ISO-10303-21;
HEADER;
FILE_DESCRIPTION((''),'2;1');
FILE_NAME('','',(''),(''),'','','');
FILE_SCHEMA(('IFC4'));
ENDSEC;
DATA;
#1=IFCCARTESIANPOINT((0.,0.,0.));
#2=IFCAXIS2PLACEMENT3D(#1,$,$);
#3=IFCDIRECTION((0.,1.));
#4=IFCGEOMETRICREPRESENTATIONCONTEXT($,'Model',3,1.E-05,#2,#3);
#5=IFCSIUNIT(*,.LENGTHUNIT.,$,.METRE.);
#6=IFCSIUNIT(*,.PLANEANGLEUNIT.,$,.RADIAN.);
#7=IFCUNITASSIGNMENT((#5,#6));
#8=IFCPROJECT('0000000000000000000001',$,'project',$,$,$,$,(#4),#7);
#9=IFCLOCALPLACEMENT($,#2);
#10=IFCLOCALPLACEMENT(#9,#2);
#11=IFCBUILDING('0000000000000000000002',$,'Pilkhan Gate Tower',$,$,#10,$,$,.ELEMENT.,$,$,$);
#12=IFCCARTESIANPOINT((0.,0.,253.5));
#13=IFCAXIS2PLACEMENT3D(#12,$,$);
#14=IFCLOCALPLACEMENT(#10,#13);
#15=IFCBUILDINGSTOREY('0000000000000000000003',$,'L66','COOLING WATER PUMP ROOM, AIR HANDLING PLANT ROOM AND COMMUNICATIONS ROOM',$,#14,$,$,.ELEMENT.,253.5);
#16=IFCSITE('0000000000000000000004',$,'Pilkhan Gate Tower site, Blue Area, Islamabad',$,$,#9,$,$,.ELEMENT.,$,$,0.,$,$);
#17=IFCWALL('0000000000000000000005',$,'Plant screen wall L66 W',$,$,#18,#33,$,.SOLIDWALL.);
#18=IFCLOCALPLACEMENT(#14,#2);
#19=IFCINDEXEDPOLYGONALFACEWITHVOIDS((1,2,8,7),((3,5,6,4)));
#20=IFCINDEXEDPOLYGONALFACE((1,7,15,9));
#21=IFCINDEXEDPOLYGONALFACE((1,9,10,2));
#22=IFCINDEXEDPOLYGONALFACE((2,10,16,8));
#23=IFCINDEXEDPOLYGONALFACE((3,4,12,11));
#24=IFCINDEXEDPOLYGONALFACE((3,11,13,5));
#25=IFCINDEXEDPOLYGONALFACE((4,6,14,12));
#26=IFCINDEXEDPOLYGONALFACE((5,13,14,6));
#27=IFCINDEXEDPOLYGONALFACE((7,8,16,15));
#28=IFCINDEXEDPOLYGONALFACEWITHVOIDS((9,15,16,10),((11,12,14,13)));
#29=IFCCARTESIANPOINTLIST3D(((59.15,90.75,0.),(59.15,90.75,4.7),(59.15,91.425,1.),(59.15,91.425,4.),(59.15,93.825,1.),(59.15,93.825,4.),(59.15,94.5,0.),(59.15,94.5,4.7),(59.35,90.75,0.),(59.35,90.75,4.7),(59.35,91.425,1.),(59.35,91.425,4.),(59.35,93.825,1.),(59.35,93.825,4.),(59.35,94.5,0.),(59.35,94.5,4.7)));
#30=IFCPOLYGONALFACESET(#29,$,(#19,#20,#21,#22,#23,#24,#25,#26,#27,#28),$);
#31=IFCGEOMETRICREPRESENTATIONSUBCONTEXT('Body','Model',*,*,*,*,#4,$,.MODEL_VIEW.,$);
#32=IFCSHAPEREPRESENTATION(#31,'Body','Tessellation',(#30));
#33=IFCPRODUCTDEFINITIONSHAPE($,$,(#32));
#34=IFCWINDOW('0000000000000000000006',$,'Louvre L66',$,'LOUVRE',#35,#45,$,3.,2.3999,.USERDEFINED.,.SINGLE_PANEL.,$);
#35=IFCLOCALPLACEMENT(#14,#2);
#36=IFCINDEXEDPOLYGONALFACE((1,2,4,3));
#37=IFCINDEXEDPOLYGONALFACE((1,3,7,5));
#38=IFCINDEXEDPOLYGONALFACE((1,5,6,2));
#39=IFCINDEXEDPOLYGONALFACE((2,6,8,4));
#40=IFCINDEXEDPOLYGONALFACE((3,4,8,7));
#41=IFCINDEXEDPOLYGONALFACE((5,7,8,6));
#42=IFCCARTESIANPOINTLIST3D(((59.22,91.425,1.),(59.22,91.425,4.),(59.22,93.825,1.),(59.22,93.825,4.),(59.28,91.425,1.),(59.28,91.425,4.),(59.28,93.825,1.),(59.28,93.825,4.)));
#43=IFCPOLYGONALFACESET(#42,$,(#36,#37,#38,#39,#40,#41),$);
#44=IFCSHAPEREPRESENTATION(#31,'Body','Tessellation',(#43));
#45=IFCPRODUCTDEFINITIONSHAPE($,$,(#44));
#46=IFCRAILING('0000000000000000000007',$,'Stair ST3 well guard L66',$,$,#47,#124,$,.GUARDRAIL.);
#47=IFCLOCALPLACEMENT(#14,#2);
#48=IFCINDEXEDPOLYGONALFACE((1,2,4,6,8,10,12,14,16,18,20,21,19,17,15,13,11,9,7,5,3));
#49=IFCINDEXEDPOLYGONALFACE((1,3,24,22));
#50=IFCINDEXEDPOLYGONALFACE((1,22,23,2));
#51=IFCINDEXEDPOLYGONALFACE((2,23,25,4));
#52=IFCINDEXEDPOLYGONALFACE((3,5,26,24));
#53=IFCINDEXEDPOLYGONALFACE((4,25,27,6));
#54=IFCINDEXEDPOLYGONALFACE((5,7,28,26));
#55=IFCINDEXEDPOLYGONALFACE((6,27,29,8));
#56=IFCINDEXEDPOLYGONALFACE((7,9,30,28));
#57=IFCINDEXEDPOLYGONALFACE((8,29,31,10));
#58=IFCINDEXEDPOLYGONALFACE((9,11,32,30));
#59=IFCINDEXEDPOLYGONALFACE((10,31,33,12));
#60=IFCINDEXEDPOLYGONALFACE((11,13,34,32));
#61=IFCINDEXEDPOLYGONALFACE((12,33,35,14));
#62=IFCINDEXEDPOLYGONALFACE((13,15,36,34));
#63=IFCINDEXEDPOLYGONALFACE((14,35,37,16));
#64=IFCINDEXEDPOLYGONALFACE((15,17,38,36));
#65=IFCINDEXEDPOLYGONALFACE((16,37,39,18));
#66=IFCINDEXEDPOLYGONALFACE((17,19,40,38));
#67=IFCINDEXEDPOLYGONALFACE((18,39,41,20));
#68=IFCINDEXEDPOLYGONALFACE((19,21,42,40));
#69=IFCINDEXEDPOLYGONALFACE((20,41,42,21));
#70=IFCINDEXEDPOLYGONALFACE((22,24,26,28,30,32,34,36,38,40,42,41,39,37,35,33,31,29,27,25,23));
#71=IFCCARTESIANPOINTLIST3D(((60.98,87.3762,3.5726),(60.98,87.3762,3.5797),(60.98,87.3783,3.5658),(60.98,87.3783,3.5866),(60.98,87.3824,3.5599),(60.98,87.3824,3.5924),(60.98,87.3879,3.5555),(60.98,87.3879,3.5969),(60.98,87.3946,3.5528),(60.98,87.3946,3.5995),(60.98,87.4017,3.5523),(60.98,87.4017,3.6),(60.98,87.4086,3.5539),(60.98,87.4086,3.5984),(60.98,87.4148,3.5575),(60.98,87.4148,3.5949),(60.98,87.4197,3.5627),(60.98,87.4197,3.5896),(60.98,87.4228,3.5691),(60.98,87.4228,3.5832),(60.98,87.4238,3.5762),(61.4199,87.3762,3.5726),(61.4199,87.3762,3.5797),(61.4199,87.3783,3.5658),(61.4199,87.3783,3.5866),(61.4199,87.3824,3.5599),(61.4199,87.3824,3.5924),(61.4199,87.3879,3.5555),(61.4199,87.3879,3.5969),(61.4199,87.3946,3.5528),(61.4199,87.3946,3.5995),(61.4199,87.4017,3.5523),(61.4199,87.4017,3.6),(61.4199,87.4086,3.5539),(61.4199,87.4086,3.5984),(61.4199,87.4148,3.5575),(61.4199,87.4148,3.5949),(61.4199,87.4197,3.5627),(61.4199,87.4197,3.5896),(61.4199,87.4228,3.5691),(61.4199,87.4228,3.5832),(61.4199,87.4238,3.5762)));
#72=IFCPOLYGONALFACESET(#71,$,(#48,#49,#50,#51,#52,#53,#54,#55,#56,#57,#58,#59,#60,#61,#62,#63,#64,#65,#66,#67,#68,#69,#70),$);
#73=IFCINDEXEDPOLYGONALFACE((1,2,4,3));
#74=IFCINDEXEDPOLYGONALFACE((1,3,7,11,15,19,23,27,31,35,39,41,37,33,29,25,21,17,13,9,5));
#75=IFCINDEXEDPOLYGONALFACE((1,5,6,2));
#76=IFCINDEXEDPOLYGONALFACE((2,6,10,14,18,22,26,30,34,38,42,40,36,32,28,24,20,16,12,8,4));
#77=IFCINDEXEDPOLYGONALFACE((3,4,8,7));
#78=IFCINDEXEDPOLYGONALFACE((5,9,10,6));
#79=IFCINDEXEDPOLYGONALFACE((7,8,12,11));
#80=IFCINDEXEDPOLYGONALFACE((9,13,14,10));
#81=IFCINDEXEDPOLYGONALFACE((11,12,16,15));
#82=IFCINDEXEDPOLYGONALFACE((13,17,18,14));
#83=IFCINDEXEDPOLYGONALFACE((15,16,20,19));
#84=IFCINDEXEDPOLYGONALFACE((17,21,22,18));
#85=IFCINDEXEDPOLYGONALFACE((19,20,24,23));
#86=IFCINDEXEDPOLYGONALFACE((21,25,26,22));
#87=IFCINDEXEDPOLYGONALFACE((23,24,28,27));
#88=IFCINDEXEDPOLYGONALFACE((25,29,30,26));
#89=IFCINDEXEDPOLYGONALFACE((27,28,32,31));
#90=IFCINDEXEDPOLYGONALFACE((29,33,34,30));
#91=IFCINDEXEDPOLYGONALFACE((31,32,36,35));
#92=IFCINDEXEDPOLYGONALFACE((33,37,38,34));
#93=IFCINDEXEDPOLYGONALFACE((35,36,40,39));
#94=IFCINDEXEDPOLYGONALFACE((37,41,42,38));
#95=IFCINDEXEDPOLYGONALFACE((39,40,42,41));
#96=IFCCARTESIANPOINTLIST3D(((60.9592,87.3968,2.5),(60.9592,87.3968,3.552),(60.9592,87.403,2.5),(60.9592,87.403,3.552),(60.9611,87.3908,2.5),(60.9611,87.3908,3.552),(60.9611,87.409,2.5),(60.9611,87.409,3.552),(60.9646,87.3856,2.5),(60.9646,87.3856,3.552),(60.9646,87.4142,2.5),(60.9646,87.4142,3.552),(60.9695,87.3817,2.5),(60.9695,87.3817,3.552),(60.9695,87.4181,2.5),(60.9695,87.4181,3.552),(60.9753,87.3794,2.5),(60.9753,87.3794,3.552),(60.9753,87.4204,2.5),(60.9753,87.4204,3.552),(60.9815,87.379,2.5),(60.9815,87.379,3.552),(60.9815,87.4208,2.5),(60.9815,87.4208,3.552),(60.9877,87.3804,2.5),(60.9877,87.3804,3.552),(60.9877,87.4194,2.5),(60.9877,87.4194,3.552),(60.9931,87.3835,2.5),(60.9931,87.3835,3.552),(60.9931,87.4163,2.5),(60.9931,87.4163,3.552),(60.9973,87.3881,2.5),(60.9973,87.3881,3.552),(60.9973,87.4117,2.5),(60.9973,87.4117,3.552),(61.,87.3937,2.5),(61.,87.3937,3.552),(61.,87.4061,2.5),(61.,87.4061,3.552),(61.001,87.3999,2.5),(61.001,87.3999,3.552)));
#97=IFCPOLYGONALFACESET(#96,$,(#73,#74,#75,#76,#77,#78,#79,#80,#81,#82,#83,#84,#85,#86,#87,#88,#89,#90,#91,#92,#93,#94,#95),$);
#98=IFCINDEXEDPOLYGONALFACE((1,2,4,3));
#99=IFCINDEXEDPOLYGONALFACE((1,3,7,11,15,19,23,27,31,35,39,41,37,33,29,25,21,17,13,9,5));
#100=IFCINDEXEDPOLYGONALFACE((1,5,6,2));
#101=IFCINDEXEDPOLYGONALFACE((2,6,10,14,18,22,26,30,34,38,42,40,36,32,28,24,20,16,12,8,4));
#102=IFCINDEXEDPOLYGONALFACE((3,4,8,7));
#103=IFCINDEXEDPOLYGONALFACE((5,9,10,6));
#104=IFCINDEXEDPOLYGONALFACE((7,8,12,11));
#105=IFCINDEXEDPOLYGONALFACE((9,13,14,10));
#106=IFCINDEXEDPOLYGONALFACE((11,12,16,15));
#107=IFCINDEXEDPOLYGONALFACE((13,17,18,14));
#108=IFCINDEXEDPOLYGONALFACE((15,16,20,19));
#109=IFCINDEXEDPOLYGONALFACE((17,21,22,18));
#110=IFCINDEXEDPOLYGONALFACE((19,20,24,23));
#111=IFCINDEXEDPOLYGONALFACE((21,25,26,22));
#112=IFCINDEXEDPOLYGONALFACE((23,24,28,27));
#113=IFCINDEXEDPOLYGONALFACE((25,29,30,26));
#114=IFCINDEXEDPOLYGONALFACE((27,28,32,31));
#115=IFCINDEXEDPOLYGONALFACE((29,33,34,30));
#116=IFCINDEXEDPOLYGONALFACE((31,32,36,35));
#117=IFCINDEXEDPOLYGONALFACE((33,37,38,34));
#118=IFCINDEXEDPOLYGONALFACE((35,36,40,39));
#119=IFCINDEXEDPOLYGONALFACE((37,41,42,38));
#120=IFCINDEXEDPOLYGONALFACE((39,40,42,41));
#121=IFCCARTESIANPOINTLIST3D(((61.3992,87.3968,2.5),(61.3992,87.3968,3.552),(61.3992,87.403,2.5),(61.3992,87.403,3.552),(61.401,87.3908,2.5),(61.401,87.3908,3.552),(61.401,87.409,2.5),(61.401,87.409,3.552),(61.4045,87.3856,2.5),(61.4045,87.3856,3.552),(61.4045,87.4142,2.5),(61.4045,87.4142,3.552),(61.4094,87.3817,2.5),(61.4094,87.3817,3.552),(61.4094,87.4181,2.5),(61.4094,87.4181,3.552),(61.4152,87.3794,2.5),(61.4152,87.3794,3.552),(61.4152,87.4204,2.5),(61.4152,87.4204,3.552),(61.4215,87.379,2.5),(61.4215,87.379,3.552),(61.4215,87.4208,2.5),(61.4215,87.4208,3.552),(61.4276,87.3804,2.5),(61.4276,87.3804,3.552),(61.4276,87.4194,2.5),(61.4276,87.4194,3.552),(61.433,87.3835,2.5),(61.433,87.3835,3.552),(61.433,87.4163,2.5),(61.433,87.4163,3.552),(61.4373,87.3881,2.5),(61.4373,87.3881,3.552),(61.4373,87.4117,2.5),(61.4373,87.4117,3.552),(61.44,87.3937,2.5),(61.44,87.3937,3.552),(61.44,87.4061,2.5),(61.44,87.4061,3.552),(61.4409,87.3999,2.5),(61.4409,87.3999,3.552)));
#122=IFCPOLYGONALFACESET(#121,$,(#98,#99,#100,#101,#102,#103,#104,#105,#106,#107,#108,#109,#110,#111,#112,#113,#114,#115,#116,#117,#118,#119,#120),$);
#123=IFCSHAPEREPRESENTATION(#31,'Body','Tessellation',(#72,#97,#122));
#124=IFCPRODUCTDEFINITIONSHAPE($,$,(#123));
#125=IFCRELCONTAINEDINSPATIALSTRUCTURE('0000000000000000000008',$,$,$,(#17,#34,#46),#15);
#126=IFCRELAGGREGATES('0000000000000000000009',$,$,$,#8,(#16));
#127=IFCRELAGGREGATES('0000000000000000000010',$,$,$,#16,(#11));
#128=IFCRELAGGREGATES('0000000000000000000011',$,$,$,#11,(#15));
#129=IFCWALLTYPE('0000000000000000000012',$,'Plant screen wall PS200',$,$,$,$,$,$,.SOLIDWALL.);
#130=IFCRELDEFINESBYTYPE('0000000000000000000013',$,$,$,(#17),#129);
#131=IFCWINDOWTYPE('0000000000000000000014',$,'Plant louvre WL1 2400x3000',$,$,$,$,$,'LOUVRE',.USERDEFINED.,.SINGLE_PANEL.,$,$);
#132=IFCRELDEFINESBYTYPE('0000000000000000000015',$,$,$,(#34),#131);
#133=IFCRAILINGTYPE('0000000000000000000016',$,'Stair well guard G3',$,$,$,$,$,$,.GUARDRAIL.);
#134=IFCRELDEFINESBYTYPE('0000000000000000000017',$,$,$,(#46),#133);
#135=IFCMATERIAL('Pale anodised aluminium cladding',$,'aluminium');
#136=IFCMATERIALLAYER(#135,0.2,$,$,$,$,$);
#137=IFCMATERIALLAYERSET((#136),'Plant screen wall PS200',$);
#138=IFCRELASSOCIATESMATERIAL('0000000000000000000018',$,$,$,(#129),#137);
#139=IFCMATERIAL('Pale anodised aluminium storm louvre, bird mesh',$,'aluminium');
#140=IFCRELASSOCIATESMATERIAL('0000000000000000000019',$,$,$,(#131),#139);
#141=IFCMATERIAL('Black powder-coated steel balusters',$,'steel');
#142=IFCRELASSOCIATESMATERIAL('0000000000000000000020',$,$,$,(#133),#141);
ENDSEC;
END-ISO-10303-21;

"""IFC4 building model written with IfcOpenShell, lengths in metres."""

from ifc_helpers import new_model, si_unit, direction, frame, frame_2d, origin, origin_2d, place, context, subcontext, project, spatial, rectangle, circle, extrude, material, layer, layer_set, type_object, element, fill, save


model = new_model("IFC4")

# Units and contexts
model_context = context("Model", 3, precision=1e-05, world=origin(), true_north=direction((0.0, 1.0)))
body_context = subcontext(model_context, "Body", "Model", "MODEL_VIEW")
ifc_project = project(units=[si_unit("LENGTHUNIT", "METRE"), si_unit("PLANEANGLEUNIT", "RADIAN")], contexts=[model_context])

# Site, building, storey
site_placement = place(None, origin())
site = spatial("IfcSite", under=ifc_project, at=site_placement, Name="Pilkhan Gate Tower site, Blue Area, Islamabad", CompositionType="ELEMENT", RefElevation=0.0)
building_placement = place(site_placement, origin())
building = spatial("IfcBuilding", under=site, at=building_placement, Name="Pilkhan Gate Tower", CompositionType="ELEMENT")
storey_placement = place(building_placement, frame((0.0, 0.0, 253.5)))
storey = spatial("IfcBuildingStorey", under=building, at=storey_placement, Name="L66", Description="COOLING WATER PUMP ROOM, AIR HANDLING PLANT ROOM AND COMMUNICATIONS ROOM", CompositionType="ELEMENT", Elevation=253.5)

# Shared definitions
ifc_material_1 = material(Name="Pale anodised aluminium cladding", Category="aluminium")
ifc_layer_1 = layer(ifc_material_1, 0.2)
ifc_layer_set_1 = layer_set([ifc_layer_1], Name="Plant screen wall PS200")
wall_type_1 = type_object("IfcWallType", Name="Plant screen wall PS200", PredefinedType="SOLIDWALL", material=ifc_layer_set_1)
ifc_material_2 = material(Name="Pale anodised aluminium storm louvre, bird mesh", Category="aluminium")
window_type = type_object("IfcWindowType", Name="Plant louvre WL1 2400x3000", ElementType="LOUVRE", PartitioningType="SINGLE_PANEL", PredefinedType="USERDEFINED", material=ifc_material_2)

# Wall, opening, window
wall_1_placement = place(storey_placement, frame((59.25, 90.75, 0.0), z_axis=(0.0, 0.0, 1.0), x_axis=(0.0, 1.0, 0.0)))
wall_1 = element("IfcWall", 1, at=wall_1_placement, inside=storey, type_object=wall_type_1, Name="Plant screen wall L66 W", PredefinedType="SOLIDWALL", context=body_context, shape_type="SweptSolid", body=[
    extrude(rectangle(XDim=3.75, YDim=0.2, at=frame_2d((1.875, 0.0))), origin(), (0.0, 0.0, 1.0), 4.7),
])
opening_1_placement = place(wall_1_placement, frame((0.675, 0.0, 1.0)))
opening_1 = element("IfcOpeningElement", 2, at=opening_1_placement, cuts=wall_1, PredefinedType="OPENING", context=body_context, shape_type="SweptSolid", body=[
    extrude(rectangle(XDim=2.3999, YDim=3.0, at=frame_2d((1.2, 1.5))), frame((0.0, 0.1099, 0.0), z_axis=(0.0, -1.0, 0.0), x_axis=(1.0, 0.0, 0.0)), (0.0, 0.0, 1.0), 0.22),
])
window_1_placement = place(opening_1_placement, origin())
window_1 = element("IfcWindow", 3, at=window_1_placement, inside=storey, type_object=window_type, Name="Louvre L66", ObjectType="LOUVRE", OverallHeight=3.0, OverallWidth=2.3999, PartitioningType="SINGLE_PANEL", PredefinedType="USERDEFINED", context=body_context, shape_type="SweptSolid", body=[
    extrude(rectangle(XDim=2.3999, YDim=3.0, at=frame_2d((1.2, 1.5))), frame((0.0, 0.03, 0.0), z_axis=(0.0, -1.0, 0.0), x_axis=(1.0, 0.0, 0.0)), (0.0, 0.0, 1.0), 0.0601),
])
fill(opening_1, window_1)

# Railing
ifc_material_3 = material(Name="Black powder-coated steel balusters", Category="steel")
railing_type = type_object("IfcRailingType", Name="Stair well guard G3", PredefinedType="GUARDRAIL", material=ifc_material_3)
railing_placement = place(storey_placement, frame((60.98, 87.3999, 2.5)))
element("IfcRailing", 4, at=railing_placement, inside=storey, type_object=railing_type, Name="Stair ST3 well guard L66", PredefinedType="GUARDRAIL", context=body_context, shape_type="SweptSolid", body=[
    extrude(circle(Radius=0.0239, at=origin_2d()), frame((0.0, 0.0, 1.0762), z_axis=(1.0, 0.0, 0.0), x_axis=(0.0, 1.0, 0.0)), (0.0, 0.0, 1.0), 0.4399),
    extrude(circle(Radius=0.021, at=origin_2d()), origin(), (0.0, 0.0, 1.0), 1.052),
    extrude(circle(Radius=0.021, at=origin_2d()), frame((0.4399, 0.0, 0.0)), (0.0, 0.0, 1.0), 1.052),
])

save(model, "model.ifc")
